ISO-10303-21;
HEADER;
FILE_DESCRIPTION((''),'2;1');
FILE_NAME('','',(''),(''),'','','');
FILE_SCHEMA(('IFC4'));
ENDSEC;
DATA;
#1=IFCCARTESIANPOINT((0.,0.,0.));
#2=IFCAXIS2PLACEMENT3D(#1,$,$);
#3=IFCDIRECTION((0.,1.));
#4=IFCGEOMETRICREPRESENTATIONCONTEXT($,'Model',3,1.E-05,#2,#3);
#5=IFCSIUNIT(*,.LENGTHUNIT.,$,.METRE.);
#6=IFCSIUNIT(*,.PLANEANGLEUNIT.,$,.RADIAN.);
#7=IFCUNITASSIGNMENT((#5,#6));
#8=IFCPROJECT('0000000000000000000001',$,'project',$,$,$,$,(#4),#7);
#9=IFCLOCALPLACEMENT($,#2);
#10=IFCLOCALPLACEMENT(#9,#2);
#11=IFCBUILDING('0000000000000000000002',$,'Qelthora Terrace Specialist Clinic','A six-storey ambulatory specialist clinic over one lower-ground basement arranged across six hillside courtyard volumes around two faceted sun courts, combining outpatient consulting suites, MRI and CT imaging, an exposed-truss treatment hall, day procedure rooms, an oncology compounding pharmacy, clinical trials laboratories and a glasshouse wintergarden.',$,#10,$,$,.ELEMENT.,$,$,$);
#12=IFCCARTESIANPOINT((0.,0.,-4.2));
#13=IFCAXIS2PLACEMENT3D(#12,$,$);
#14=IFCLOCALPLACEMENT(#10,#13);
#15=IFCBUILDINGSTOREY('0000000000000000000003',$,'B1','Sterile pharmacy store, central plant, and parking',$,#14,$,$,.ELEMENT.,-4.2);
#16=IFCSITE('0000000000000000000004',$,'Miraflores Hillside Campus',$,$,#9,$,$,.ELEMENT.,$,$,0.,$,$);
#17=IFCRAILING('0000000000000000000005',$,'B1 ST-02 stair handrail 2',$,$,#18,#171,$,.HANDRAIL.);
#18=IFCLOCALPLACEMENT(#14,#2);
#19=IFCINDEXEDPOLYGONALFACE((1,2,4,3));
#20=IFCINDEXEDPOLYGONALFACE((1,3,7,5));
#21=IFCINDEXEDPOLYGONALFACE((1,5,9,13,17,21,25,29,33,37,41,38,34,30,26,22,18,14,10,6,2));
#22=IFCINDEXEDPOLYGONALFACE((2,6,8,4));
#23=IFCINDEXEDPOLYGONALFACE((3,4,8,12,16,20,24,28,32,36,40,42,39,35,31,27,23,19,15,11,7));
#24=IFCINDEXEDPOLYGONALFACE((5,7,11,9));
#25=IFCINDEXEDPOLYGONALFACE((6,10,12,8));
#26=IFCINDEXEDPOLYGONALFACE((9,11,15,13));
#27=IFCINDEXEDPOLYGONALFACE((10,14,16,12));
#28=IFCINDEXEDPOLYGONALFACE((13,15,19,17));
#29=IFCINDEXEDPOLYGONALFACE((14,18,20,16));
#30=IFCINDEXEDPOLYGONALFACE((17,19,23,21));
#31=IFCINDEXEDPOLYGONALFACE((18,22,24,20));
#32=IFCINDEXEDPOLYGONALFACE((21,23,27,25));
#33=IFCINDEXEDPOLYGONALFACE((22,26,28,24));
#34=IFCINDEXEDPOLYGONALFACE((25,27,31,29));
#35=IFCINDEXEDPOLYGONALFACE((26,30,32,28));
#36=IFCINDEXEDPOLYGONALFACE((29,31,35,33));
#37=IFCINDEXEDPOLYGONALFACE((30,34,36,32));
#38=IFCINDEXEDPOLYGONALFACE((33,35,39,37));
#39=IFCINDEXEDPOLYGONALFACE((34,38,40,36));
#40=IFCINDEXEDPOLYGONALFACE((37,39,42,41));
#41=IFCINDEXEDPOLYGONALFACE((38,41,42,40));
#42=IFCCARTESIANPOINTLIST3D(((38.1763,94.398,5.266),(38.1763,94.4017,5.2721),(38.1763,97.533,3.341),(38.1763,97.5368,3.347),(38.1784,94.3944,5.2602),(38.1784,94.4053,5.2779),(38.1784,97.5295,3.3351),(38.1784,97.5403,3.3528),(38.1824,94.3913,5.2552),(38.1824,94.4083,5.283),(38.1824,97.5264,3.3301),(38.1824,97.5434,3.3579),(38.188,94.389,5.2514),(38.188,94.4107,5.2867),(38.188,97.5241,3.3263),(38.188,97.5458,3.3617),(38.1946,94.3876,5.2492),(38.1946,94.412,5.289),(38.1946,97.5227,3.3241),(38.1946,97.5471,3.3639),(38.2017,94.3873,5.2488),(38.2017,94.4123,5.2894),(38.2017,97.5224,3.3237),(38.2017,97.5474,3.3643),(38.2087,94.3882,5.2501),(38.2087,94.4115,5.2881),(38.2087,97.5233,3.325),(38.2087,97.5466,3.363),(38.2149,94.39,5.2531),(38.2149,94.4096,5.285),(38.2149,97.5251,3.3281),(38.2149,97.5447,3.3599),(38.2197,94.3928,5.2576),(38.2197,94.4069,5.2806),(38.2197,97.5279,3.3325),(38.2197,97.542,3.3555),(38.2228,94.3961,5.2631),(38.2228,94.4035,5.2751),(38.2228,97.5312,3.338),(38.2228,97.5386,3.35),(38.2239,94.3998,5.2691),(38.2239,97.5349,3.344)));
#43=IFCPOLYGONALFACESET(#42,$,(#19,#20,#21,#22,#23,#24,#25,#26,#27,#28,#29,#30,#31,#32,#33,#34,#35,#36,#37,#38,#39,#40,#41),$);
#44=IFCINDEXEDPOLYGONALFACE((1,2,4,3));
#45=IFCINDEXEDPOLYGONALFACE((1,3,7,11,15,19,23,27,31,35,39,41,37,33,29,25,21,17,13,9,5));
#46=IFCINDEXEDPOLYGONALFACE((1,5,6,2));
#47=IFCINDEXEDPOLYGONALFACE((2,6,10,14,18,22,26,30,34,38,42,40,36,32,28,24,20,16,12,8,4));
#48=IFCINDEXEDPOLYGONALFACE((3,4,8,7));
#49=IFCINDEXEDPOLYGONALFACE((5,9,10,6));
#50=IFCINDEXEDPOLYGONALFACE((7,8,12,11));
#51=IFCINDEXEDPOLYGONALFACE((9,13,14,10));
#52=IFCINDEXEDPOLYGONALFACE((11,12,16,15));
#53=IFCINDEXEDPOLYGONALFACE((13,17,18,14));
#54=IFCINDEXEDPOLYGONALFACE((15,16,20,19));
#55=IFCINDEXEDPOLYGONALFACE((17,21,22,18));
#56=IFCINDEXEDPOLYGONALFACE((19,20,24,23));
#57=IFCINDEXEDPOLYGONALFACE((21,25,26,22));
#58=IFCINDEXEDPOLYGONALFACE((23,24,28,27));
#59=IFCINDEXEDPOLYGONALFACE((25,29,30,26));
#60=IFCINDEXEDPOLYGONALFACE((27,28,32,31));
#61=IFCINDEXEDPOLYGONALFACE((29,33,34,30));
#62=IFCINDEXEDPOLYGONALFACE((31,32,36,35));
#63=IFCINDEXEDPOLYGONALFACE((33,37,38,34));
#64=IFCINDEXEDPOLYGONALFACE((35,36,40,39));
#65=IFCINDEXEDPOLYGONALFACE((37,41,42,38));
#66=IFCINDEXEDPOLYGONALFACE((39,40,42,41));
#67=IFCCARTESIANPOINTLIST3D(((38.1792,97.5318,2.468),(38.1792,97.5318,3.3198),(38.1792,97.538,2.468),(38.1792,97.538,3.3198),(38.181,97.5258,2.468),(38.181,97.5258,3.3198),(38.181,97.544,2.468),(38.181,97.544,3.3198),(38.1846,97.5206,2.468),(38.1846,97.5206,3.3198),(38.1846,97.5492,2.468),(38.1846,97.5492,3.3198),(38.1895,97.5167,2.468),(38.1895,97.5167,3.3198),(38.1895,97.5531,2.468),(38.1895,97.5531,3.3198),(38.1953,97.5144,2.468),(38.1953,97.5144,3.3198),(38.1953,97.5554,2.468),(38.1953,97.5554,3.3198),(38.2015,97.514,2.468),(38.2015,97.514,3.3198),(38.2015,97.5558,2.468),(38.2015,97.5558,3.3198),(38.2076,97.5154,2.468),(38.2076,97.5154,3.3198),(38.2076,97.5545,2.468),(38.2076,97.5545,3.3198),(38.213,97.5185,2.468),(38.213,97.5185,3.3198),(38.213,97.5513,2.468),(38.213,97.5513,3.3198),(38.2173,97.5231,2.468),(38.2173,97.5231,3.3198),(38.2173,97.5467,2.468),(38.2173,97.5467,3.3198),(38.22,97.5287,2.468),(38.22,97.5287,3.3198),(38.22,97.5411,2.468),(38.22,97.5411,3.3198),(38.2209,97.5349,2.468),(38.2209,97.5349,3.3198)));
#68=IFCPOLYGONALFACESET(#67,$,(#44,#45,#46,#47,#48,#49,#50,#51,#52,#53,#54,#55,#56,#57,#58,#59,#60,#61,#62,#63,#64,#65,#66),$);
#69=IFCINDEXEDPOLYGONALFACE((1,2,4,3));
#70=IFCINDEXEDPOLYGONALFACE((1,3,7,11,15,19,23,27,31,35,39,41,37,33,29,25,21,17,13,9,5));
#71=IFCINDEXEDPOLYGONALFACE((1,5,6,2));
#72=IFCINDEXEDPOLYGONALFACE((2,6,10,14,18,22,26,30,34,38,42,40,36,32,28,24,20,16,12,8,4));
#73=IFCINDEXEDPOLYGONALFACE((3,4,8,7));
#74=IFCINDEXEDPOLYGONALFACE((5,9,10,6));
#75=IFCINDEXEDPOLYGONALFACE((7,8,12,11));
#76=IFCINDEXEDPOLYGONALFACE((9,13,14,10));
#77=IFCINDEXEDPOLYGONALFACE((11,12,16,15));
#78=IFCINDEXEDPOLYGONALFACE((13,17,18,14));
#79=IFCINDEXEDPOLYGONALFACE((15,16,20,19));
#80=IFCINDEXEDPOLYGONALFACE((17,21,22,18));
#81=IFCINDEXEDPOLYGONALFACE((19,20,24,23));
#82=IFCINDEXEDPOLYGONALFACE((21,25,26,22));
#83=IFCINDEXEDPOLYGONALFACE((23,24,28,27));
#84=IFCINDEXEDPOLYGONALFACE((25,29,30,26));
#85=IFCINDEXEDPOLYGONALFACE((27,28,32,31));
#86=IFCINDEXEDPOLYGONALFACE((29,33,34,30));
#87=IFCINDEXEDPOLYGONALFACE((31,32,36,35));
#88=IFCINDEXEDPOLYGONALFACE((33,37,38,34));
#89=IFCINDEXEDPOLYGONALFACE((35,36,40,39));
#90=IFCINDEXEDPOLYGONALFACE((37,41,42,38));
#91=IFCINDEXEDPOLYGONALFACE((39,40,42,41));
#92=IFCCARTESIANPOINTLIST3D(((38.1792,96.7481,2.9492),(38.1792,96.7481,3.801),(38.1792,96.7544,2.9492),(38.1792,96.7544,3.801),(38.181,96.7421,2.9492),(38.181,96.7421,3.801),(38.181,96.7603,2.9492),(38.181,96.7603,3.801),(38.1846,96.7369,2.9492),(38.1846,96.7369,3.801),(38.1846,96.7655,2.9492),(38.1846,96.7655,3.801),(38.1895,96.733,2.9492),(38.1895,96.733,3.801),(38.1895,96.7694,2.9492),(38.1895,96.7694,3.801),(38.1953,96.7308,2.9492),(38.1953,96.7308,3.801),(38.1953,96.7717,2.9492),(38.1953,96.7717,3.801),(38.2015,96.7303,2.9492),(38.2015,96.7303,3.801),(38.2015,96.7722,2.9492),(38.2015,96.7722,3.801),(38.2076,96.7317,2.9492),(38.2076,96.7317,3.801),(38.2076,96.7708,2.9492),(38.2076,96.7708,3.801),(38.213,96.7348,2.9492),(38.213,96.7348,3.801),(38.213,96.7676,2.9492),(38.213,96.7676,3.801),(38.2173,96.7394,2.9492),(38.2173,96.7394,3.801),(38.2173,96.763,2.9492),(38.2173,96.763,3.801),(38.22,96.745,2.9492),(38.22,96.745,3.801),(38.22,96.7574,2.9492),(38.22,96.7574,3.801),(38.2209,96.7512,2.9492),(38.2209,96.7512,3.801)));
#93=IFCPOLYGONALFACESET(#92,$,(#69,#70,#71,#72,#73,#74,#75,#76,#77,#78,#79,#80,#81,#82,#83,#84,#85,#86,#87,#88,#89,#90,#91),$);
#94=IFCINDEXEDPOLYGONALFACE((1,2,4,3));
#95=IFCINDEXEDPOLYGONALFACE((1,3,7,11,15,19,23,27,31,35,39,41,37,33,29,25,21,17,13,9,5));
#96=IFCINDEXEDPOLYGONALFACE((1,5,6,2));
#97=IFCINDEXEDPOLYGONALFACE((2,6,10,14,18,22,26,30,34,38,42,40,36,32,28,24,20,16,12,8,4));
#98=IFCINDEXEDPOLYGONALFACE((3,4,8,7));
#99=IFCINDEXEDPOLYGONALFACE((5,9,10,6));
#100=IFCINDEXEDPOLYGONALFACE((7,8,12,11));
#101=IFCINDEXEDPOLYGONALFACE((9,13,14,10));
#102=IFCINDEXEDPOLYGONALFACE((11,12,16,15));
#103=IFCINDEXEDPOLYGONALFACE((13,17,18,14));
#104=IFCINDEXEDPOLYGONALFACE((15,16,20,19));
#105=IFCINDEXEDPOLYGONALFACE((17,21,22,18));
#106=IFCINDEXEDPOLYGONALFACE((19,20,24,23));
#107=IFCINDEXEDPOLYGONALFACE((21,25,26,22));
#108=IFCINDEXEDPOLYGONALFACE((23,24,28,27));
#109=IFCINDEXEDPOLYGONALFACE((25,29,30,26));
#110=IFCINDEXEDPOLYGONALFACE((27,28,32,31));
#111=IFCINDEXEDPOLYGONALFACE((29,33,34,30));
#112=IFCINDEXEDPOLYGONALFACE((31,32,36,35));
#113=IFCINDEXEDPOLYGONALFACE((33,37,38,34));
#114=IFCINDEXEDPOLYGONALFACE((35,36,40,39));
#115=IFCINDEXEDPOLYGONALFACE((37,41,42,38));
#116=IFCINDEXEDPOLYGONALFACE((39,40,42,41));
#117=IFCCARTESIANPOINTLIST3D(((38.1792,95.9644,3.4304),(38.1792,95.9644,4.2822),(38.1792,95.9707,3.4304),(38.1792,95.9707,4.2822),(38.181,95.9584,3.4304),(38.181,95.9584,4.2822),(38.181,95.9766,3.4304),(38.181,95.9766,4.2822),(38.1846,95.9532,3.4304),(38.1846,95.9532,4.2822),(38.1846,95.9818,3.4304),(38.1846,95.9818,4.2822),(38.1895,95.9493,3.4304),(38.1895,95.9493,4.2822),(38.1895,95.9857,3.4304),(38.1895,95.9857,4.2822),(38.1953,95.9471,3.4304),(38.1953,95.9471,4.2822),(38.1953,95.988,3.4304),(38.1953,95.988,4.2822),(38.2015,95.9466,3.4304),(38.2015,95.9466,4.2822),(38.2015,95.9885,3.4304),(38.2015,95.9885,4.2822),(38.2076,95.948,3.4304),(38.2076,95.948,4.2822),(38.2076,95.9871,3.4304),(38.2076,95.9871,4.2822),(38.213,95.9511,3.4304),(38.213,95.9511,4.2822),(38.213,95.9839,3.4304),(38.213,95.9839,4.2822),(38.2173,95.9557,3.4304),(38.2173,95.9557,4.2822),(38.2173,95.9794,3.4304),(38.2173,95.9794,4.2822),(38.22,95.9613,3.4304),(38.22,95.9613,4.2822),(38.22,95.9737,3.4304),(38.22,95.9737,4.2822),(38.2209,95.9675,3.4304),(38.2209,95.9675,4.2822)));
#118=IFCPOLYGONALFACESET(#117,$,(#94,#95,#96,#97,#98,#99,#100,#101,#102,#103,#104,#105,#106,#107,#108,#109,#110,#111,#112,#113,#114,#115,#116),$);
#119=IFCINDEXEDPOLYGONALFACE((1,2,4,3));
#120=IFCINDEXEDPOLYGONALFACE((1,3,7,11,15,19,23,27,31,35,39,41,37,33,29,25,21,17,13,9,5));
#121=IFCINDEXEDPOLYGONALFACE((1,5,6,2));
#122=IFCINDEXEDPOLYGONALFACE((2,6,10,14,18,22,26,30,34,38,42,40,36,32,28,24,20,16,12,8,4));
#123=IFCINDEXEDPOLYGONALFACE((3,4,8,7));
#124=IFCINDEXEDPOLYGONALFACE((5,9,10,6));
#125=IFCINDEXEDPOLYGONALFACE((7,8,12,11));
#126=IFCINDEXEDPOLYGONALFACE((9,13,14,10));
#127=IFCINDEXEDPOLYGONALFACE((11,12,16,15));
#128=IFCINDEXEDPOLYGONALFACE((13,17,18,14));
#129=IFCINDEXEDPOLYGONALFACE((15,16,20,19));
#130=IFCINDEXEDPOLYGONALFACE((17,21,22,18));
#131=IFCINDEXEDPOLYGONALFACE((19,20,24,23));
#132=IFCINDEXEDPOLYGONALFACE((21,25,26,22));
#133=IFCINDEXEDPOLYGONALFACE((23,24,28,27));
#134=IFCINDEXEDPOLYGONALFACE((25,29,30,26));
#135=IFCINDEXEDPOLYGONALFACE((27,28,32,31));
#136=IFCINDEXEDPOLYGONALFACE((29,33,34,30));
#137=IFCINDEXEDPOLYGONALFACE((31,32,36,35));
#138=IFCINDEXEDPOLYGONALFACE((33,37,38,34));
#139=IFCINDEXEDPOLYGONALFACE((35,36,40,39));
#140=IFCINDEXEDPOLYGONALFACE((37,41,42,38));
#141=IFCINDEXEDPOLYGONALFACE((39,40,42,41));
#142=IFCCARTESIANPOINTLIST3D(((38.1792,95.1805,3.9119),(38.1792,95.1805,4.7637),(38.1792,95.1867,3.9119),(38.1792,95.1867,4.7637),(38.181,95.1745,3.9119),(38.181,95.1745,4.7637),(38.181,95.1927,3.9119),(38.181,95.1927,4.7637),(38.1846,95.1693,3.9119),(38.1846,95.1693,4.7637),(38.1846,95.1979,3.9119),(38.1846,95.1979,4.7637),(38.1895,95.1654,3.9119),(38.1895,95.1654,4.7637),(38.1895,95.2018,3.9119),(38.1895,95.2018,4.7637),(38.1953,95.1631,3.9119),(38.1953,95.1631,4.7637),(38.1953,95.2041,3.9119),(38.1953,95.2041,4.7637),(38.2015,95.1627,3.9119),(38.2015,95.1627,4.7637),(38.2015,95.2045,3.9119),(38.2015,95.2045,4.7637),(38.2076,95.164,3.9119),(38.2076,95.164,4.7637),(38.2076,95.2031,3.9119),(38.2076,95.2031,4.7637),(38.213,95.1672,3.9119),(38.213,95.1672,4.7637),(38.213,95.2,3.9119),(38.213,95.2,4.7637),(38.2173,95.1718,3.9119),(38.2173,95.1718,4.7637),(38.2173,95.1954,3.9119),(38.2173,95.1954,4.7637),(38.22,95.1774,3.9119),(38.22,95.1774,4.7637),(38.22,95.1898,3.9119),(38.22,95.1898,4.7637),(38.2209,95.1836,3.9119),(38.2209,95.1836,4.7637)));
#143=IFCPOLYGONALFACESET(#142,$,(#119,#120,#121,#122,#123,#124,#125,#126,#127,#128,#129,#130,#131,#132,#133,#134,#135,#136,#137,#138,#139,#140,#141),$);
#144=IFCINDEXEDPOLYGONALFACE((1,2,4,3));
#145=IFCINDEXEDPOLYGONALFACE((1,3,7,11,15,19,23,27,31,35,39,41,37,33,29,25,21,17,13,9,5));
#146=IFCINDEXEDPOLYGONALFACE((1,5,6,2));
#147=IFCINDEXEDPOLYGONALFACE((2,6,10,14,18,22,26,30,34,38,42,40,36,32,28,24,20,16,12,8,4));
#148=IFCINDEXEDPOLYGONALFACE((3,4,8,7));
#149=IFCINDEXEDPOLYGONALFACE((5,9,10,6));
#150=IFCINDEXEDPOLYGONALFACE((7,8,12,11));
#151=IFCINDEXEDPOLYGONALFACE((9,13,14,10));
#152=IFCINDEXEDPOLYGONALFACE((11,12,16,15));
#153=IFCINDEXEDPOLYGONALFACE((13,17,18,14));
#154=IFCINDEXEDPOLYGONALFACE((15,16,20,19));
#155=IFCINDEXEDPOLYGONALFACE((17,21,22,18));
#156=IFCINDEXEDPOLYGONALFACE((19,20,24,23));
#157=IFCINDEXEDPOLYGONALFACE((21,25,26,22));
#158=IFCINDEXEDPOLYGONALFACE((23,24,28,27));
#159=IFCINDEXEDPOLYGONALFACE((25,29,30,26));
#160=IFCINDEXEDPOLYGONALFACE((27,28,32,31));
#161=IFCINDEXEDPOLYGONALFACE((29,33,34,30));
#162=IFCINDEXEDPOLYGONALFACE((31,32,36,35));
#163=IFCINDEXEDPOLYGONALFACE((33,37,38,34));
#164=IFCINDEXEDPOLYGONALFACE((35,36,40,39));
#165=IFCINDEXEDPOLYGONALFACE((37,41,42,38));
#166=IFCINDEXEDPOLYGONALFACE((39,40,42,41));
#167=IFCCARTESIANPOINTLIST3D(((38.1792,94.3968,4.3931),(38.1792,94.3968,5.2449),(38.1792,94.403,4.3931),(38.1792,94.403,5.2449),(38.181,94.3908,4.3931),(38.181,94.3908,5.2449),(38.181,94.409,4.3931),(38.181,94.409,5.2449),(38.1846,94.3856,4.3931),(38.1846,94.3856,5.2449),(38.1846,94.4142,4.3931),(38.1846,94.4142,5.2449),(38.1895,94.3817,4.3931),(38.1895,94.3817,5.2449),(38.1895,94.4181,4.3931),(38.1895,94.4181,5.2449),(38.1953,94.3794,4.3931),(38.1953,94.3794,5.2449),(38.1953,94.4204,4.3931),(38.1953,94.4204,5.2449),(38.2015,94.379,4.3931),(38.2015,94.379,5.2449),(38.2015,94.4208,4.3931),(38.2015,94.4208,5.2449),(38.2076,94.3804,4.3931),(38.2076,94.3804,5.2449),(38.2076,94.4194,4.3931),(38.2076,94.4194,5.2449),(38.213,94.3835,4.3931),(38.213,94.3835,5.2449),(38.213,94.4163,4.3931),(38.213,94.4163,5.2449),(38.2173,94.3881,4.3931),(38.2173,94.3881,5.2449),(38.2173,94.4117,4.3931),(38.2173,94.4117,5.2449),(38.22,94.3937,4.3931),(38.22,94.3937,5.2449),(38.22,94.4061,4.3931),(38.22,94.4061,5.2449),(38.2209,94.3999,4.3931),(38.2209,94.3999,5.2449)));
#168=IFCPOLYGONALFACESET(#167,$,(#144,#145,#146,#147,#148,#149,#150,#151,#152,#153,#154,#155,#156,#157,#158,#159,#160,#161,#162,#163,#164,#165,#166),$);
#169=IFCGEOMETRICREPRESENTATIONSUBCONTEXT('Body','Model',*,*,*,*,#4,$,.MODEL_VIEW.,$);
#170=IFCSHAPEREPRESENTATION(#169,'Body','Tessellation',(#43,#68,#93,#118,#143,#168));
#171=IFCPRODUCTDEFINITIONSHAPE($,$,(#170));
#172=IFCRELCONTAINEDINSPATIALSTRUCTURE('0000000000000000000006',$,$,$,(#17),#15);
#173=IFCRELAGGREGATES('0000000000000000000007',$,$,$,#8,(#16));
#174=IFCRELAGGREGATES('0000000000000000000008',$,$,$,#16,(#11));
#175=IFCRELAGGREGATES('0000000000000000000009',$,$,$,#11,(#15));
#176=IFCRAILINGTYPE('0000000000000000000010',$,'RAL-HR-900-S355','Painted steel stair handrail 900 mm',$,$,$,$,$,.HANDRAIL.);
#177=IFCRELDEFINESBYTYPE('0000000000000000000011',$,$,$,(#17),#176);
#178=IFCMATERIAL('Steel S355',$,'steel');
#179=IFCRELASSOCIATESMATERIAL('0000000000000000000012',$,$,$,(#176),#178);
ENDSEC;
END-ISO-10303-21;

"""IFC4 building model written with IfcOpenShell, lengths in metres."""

from ifc_helpers import new_model, si_unit, direction, frame, origin, origin_2d, place, context, subcontext, project, spatial, circle, extrude, material, type_object, element, save


model = new_model("IFC4")

# Units and contexts
model_context = context("Model", 3, precision=1e-05, world=origin(), true_north=direction((0.0, 1.0)))
body_context = subcontext(model_context, "Body", "Model", "MODEL_VIEW")
ifc_project = project(units=[si_unit("LENGTHUNIT", "METRE"), si_unit("PLANEANGLEUNIT", "RADIAN")], contexts=[model_context])

# Site, building, storey
site_placement = place(None, origin())
site = spatial("IfcSite", under=ifc_project, at=site_placement, Name="Miraflores Hillside Campus", CompositionType="ELEMENT", RefElevation=0.0)
building_placement = place(site_placement, origin())
building = spatial("IfcBuilding", under=site, at=building_placement, Name="Qelthora Terrace Specialist Clinic", Description="A six-storey ambulatory specialist clinic over one lower-ground basement arranged across six hillside courtyard volumes around two faceted sun courts, combining outpatient consulting suites, MRI and CT imaging, an exposed-truss treatment hall, day procedure rooms, an oncology compounding pharmacy, clinical trials laboratories and a glasshouse wintergarden.", CompositionType="ELEMENT")
storey_placement = place(building_placement, frame((0.0, 0.0, -4.2)))
storey = spatial("IfcBuildingStorey", under=building, at=storey_placement, Name="B1", Description="Sterile pharmacy store, central plant, and parking", CompositionType="ELEMENT", Elevation=-4.2)

# Shared definitions
ifc_material_1 = material(Name="Steel S355", Category="steel")

# Railing
railing_type_1 = type_object("IfcRailingType", Name="RAL-HR-900-S355", Description="Painted steel stair handrail 900 mm", PredefinedType="HANDRAIL", material=ifc_material_1)
railing_1_placement = place(storey_placement, frame((38.2, 97.5349, 2.468)))
element("IfcRailing", 1, at=railing_1_placement, inside=storey, type_object=railing_type_1, Name="B1 ST-02 stair handrail 2", PredefinedType="HANDRAIL", context=body_context, shape_type="SweptSolid", body=[
    extrude(circle(Radius=0.0239, at=origin_2d()), frame((0.0, 0.0, 0.876), z_axis=(0.0, -0.852166, 0.523271), x_axis=(1.0, 0.0, 0.0)), (0.0, 0.0, 1.0), 3.679),
    extrude(circle(Radius=0.021, at=origin_2d()), origin(), (0.0, 0.0, 1.0), 0.8518),
    extrude(circle(Radius=0.021, at=origin_2d()), frame((0.0, -0.7837, 0.4812)), (0.0, 0.0, 1.0), 0.8518),
    extrude(circle(Radius=0.021, at=origin_2d()), frame((0.0, -1.5674, 0.9624)), (0.0, 0.0, 1.0), 0.8518),
    extrude(circle(Radius=0.021, at=origin_2d()), frame((0.0, -2.3513, 1.4438)), (0.0, 0.0, 1.0), 0.8518),
    extrude(circle(Radius=0.021, at=origin_2d()), frame((0.0, -3.135, 1.925)), (0.0, 0.0, 1.0), 0.8518),
])

save(model, "model.ifc")
